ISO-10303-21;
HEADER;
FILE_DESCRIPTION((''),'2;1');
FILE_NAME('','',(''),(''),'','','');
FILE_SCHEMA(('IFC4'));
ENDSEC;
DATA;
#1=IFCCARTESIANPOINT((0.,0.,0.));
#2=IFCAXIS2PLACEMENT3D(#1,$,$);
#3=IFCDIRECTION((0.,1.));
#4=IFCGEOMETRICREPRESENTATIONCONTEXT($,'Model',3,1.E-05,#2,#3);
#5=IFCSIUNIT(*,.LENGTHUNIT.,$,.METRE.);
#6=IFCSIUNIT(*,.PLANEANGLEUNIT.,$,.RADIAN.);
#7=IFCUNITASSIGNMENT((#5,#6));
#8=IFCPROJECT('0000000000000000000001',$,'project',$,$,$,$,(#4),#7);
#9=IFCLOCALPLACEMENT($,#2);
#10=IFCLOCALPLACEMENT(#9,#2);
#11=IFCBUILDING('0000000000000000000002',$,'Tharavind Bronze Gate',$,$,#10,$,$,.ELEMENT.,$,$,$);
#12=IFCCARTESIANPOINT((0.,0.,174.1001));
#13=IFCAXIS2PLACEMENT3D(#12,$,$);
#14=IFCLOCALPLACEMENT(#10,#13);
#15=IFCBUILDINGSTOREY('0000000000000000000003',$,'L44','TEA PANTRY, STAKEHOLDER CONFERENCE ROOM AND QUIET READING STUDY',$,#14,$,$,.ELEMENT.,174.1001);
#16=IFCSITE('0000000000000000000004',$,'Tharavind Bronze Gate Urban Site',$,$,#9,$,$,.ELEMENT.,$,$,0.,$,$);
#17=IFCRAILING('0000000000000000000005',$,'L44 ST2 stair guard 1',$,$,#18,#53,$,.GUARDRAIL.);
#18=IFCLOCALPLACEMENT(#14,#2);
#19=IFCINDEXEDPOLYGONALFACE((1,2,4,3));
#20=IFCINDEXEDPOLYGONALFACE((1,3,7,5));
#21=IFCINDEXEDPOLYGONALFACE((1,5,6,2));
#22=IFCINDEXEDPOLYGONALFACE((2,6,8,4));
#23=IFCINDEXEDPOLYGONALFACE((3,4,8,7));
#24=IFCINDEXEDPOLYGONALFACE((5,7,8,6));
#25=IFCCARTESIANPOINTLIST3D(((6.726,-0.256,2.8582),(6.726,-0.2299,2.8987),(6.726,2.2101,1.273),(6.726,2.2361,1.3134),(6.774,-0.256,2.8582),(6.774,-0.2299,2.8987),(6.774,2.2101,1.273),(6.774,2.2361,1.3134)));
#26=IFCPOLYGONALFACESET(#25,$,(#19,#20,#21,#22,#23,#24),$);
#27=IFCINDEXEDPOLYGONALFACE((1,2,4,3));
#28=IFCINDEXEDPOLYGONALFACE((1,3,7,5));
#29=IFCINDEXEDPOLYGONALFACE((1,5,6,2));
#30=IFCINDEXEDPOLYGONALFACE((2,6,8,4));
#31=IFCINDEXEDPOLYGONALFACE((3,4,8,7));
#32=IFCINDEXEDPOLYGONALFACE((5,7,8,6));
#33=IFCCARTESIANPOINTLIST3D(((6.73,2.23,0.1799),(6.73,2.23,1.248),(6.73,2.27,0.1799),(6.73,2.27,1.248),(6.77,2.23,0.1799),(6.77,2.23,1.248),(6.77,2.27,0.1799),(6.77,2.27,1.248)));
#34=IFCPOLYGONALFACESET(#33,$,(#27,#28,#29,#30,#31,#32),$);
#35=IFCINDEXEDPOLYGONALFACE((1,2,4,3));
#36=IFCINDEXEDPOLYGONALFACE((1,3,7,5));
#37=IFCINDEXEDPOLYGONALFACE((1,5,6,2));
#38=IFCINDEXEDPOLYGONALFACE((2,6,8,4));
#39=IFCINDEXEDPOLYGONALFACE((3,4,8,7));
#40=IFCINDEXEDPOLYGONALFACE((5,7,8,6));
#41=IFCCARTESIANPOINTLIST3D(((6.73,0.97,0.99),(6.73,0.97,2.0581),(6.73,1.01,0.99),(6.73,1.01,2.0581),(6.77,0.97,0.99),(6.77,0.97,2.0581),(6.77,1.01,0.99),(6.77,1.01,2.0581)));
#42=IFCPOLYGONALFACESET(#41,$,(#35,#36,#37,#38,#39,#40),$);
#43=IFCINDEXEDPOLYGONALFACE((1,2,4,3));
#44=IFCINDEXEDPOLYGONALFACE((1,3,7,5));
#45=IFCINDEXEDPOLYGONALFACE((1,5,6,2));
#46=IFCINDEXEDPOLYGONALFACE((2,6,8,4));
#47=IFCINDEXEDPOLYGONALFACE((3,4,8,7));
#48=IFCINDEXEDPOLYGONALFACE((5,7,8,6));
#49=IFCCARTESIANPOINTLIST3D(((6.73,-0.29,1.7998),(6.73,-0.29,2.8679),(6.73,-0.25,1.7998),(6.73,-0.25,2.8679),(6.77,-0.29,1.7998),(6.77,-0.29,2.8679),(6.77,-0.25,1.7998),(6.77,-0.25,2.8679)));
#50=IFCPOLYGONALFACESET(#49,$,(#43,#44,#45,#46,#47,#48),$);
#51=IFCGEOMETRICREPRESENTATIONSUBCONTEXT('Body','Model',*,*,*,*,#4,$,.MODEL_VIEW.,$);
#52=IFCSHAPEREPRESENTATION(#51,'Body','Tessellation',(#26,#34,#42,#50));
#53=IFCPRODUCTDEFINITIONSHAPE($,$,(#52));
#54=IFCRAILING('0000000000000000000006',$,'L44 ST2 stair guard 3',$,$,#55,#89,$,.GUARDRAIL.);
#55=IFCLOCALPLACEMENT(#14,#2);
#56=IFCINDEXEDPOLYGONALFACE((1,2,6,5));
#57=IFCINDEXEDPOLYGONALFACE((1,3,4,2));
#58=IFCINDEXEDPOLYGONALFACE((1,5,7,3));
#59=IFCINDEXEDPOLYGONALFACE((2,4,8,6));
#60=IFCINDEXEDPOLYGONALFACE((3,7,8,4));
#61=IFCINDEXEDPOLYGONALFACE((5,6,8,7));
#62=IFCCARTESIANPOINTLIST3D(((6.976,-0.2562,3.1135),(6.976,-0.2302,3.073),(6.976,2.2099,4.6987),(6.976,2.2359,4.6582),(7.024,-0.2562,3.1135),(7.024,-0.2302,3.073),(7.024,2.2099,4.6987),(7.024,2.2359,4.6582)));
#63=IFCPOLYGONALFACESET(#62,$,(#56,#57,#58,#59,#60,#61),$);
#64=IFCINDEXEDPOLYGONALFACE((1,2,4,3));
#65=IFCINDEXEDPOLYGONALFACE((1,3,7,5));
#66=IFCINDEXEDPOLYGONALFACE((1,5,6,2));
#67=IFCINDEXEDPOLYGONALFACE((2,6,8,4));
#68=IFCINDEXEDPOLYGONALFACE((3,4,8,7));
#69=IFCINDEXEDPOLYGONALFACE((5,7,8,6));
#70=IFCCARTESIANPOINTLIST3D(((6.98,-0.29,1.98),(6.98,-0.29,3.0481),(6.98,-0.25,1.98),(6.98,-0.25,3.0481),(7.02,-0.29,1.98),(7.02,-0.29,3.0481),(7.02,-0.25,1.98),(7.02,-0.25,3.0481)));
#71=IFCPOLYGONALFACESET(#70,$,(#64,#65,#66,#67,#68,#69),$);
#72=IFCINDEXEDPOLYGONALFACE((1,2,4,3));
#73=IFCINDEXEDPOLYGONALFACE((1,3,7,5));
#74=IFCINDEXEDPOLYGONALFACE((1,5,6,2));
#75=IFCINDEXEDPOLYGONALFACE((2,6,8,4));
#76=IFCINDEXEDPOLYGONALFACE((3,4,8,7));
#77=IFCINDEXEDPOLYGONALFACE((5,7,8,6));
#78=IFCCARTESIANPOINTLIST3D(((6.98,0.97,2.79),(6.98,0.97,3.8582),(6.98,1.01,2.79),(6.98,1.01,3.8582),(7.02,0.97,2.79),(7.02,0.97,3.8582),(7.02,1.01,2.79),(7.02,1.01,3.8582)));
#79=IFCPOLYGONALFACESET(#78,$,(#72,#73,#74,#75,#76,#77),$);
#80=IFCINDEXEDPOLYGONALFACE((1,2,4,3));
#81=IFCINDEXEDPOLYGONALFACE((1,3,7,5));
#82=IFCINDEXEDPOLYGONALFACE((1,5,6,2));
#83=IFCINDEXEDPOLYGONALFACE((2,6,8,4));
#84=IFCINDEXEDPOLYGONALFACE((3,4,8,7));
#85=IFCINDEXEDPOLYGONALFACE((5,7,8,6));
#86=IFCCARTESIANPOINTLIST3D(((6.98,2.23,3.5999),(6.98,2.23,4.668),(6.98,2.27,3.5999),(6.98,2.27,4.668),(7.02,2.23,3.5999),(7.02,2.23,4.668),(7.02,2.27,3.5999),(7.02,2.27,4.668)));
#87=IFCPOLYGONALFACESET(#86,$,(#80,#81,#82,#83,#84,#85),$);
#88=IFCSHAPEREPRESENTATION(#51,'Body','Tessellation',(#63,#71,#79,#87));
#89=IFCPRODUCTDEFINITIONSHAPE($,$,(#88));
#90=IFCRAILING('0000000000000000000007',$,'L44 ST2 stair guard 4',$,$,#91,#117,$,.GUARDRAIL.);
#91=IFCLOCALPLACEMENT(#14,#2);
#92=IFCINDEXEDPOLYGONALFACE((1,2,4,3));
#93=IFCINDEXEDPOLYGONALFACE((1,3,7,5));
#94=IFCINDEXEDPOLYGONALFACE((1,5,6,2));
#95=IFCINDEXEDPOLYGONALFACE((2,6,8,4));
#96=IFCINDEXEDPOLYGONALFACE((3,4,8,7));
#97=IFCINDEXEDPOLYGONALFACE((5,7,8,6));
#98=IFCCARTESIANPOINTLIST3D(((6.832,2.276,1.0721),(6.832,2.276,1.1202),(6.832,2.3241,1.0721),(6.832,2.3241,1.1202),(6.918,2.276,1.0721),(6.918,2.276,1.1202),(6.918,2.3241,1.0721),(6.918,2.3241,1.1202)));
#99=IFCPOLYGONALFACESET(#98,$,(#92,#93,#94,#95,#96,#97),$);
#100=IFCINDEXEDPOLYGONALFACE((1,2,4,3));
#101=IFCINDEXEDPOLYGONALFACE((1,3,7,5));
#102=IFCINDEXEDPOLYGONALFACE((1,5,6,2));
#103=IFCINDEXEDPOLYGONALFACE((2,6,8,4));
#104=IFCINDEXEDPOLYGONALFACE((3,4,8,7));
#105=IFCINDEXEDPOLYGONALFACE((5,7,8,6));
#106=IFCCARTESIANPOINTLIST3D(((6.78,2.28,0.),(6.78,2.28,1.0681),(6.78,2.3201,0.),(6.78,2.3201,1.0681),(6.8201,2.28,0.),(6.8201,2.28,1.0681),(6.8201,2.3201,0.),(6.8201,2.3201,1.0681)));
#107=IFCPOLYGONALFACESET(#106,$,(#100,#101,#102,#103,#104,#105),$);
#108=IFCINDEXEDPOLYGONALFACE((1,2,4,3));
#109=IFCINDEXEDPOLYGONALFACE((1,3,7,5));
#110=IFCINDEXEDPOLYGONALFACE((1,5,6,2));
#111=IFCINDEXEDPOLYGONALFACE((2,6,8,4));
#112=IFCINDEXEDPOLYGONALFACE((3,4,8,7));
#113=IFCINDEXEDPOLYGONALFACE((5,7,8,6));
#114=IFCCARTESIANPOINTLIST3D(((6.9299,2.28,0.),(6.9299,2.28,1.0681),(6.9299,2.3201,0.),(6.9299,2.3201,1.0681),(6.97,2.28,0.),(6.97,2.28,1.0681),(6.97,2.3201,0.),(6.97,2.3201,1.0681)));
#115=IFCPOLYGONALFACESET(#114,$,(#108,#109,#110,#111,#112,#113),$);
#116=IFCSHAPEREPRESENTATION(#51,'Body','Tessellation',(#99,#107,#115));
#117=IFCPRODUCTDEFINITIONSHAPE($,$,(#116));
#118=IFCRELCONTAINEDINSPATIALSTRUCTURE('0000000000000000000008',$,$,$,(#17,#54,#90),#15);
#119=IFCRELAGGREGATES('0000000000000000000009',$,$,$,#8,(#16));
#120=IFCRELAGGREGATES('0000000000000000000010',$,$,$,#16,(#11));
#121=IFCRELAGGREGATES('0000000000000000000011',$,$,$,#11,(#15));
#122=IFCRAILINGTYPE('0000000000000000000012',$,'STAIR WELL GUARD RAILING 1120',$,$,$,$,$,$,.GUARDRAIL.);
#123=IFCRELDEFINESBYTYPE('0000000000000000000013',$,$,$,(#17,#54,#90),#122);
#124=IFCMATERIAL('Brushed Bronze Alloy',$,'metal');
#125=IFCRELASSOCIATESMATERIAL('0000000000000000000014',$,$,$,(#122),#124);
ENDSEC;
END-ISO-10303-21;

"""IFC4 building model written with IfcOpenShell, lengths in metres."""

from ifc_helpers import new_model, si_unit, direction, frame, origin, origin_2d, place, context, subcontext, project, spatial, rectangle, extrude, material, type_object, element, save


model = new_model("IFC4")

# Units and contexts
model_context = context("Model", 3, precision=1e-05, world=origin(), true_north=direction((0.0, 1.0)))
body_context = subcontext(model_context, "Body", "Model", "MODEL_VIEW")
ifc_project = project(units=[si_unit("LENGTHUNIT", "METRE"), si_unit("PLANEANGLEUNIT", "RADIAN")], contexts=[model_context])

# Site, building, storey
site_placement = place(None, origin())
site = spatial("IfcSite", under=ifc_project, at=site_placement, Name="Tharavind Bronze Gate Urban Site", CompositionType="ELEMENT", RefElevation=0.0)
building_placement = place(site_placement, origin())
building = spatial("IfcBuilding", under=site, at=building_placement, Name="Tharavind Bronze Gate", CompositionType="ELEMENT")
storey_placement = place(building_placement, frame((0.0, 0.0, 174.1001)))
storey = spatial("IfcBuildingStorey", under=building, at=storey_placement, Name="L44", Description="TEA PANTRY, STAKEHOLDER CONFERENCE ROOM AND QUIET READING STUDY", CompositionType="ELEMENT", Elevation=174.1001)

# Railings
ifc_material_1 = material(Name="Brushed Bronze Alloy", Category="metal")
railing_type_1 = type_object("IfcRailingType", Name="STAIR WELL GUARD RAILING 1120", PredefinedType="GUARDRAIL", material=ifc_material_1)
railing_1_placement = place(storey_placement, frame((6.75, 2.25, 0.1799)))
element("IfcRailing", 1, at=railing_1_placement, inside=storey, type_object=railing_type_1, Name="L44 ST2 stair guard 1", PredefinedType="GUARDRAIL", context=body_context, shape_type="SweptSolid", body=[
    extrude(rectangle(XDim=0.0481, YDim=0.0481, at=origin_2d()), frame((0.0, -0.0269, 1.1133), z_axis=(0.0, -0.8412, 0.540725), x_axis=(1.0, 0.0, 0.0)), (0.0, 0.0, 1.0), 2.9316),
    extrude(rectangle(XDim=0.04, YDim=0.04, at=origin_2d()), origin(), (0.0, 0.0, 1.0), 1.0681),
    extrude(rectangle(XDim=0.04, YDim=0.04, at=origin_2d()), frame((0.0, -1.26, 0.8101)), (0.0, 0.0, 1.0), 1.0681),
    extrude(rectangle(XDim=0.04, YDim=0.04, at=origin_2d()), frame((0.0, -2.52, 1.6199)), (0.0, 0.0, 1.0), 1.0681),
])
railing_2_placement = place(storey_placement, frame((7.0, -0.27, 1.98)))
element("IfcRailing", 2, at=railing_2_placement, inside=storey, type_object=railing_type_1, Name="L44 ST2 stair guard 3", PredefinedType="GUARDRAIL", context=body_context, shape_type="SweptSolid", body=[
    extrude(rectangle(XDim=0.0481, YDim=0.0481, at=origin_2d()), frame((0.0, 0.0269, 1.1133), z_axis=(0.0, 0.8412, 0.540725), x_axis=(-1.0, 0.0, 0.0)), (0.0, 0.0, 1.0), 2.9316),
    extrude(rectangle(XDim=0.04, YDim=0.04, at=origin_2d()), origin(), (0.0, 0.0, 1.0), 1.0681),
    extrude(rectangle(XDim=0.04, YDim=0.04, at=origin_2d()), frame((0.0, 1.26, 0.8101)), (0.0, 0.0, 1.0), 1.0681),
    extrude(rectangle(XDim=0.04, YDim=0.04, at=origin_2d()), frame((0.0, 2.52, 1.6199)), (0.0, 0.0, 1.0), 1.0681),
])
railing_3_placement = place(storey_placement, frame((6.8, 2.3, 0.0)))
element("IfcRailing", 3, at=railing_3_placement, inside=storey, type_object=railing_type_1, Name="L44 ST2 stair guard 4", PredefinedType="GUARDRAIL", context=body_context, shape_type="SweptSolid", body=[
    extrude(rectangle(XDim=0.0481, YDim=0.0481, at=origin_2d()), frame((0.032, 0.0, 1.0962), z_axis=(1.0, 0.0, 0.0), x_axis=(0.0, 1.0, 0.0)), (0.0, 0.0, 1.0), 0.0859),
    extrude(rectangle(XDim=0.04, YDim=0.04, at=origin_2d()), origin(), (0.0, 0.0, 1.0), 1.0681),
    extrude(rectangle(XDim=0.04, YDim=0.04, at=origin_2d()), frame((0.1499, 0.0, 0.0)), (0.0, 0.0, 1.0), 1.0681),
])

save(model, "model.ifc")
